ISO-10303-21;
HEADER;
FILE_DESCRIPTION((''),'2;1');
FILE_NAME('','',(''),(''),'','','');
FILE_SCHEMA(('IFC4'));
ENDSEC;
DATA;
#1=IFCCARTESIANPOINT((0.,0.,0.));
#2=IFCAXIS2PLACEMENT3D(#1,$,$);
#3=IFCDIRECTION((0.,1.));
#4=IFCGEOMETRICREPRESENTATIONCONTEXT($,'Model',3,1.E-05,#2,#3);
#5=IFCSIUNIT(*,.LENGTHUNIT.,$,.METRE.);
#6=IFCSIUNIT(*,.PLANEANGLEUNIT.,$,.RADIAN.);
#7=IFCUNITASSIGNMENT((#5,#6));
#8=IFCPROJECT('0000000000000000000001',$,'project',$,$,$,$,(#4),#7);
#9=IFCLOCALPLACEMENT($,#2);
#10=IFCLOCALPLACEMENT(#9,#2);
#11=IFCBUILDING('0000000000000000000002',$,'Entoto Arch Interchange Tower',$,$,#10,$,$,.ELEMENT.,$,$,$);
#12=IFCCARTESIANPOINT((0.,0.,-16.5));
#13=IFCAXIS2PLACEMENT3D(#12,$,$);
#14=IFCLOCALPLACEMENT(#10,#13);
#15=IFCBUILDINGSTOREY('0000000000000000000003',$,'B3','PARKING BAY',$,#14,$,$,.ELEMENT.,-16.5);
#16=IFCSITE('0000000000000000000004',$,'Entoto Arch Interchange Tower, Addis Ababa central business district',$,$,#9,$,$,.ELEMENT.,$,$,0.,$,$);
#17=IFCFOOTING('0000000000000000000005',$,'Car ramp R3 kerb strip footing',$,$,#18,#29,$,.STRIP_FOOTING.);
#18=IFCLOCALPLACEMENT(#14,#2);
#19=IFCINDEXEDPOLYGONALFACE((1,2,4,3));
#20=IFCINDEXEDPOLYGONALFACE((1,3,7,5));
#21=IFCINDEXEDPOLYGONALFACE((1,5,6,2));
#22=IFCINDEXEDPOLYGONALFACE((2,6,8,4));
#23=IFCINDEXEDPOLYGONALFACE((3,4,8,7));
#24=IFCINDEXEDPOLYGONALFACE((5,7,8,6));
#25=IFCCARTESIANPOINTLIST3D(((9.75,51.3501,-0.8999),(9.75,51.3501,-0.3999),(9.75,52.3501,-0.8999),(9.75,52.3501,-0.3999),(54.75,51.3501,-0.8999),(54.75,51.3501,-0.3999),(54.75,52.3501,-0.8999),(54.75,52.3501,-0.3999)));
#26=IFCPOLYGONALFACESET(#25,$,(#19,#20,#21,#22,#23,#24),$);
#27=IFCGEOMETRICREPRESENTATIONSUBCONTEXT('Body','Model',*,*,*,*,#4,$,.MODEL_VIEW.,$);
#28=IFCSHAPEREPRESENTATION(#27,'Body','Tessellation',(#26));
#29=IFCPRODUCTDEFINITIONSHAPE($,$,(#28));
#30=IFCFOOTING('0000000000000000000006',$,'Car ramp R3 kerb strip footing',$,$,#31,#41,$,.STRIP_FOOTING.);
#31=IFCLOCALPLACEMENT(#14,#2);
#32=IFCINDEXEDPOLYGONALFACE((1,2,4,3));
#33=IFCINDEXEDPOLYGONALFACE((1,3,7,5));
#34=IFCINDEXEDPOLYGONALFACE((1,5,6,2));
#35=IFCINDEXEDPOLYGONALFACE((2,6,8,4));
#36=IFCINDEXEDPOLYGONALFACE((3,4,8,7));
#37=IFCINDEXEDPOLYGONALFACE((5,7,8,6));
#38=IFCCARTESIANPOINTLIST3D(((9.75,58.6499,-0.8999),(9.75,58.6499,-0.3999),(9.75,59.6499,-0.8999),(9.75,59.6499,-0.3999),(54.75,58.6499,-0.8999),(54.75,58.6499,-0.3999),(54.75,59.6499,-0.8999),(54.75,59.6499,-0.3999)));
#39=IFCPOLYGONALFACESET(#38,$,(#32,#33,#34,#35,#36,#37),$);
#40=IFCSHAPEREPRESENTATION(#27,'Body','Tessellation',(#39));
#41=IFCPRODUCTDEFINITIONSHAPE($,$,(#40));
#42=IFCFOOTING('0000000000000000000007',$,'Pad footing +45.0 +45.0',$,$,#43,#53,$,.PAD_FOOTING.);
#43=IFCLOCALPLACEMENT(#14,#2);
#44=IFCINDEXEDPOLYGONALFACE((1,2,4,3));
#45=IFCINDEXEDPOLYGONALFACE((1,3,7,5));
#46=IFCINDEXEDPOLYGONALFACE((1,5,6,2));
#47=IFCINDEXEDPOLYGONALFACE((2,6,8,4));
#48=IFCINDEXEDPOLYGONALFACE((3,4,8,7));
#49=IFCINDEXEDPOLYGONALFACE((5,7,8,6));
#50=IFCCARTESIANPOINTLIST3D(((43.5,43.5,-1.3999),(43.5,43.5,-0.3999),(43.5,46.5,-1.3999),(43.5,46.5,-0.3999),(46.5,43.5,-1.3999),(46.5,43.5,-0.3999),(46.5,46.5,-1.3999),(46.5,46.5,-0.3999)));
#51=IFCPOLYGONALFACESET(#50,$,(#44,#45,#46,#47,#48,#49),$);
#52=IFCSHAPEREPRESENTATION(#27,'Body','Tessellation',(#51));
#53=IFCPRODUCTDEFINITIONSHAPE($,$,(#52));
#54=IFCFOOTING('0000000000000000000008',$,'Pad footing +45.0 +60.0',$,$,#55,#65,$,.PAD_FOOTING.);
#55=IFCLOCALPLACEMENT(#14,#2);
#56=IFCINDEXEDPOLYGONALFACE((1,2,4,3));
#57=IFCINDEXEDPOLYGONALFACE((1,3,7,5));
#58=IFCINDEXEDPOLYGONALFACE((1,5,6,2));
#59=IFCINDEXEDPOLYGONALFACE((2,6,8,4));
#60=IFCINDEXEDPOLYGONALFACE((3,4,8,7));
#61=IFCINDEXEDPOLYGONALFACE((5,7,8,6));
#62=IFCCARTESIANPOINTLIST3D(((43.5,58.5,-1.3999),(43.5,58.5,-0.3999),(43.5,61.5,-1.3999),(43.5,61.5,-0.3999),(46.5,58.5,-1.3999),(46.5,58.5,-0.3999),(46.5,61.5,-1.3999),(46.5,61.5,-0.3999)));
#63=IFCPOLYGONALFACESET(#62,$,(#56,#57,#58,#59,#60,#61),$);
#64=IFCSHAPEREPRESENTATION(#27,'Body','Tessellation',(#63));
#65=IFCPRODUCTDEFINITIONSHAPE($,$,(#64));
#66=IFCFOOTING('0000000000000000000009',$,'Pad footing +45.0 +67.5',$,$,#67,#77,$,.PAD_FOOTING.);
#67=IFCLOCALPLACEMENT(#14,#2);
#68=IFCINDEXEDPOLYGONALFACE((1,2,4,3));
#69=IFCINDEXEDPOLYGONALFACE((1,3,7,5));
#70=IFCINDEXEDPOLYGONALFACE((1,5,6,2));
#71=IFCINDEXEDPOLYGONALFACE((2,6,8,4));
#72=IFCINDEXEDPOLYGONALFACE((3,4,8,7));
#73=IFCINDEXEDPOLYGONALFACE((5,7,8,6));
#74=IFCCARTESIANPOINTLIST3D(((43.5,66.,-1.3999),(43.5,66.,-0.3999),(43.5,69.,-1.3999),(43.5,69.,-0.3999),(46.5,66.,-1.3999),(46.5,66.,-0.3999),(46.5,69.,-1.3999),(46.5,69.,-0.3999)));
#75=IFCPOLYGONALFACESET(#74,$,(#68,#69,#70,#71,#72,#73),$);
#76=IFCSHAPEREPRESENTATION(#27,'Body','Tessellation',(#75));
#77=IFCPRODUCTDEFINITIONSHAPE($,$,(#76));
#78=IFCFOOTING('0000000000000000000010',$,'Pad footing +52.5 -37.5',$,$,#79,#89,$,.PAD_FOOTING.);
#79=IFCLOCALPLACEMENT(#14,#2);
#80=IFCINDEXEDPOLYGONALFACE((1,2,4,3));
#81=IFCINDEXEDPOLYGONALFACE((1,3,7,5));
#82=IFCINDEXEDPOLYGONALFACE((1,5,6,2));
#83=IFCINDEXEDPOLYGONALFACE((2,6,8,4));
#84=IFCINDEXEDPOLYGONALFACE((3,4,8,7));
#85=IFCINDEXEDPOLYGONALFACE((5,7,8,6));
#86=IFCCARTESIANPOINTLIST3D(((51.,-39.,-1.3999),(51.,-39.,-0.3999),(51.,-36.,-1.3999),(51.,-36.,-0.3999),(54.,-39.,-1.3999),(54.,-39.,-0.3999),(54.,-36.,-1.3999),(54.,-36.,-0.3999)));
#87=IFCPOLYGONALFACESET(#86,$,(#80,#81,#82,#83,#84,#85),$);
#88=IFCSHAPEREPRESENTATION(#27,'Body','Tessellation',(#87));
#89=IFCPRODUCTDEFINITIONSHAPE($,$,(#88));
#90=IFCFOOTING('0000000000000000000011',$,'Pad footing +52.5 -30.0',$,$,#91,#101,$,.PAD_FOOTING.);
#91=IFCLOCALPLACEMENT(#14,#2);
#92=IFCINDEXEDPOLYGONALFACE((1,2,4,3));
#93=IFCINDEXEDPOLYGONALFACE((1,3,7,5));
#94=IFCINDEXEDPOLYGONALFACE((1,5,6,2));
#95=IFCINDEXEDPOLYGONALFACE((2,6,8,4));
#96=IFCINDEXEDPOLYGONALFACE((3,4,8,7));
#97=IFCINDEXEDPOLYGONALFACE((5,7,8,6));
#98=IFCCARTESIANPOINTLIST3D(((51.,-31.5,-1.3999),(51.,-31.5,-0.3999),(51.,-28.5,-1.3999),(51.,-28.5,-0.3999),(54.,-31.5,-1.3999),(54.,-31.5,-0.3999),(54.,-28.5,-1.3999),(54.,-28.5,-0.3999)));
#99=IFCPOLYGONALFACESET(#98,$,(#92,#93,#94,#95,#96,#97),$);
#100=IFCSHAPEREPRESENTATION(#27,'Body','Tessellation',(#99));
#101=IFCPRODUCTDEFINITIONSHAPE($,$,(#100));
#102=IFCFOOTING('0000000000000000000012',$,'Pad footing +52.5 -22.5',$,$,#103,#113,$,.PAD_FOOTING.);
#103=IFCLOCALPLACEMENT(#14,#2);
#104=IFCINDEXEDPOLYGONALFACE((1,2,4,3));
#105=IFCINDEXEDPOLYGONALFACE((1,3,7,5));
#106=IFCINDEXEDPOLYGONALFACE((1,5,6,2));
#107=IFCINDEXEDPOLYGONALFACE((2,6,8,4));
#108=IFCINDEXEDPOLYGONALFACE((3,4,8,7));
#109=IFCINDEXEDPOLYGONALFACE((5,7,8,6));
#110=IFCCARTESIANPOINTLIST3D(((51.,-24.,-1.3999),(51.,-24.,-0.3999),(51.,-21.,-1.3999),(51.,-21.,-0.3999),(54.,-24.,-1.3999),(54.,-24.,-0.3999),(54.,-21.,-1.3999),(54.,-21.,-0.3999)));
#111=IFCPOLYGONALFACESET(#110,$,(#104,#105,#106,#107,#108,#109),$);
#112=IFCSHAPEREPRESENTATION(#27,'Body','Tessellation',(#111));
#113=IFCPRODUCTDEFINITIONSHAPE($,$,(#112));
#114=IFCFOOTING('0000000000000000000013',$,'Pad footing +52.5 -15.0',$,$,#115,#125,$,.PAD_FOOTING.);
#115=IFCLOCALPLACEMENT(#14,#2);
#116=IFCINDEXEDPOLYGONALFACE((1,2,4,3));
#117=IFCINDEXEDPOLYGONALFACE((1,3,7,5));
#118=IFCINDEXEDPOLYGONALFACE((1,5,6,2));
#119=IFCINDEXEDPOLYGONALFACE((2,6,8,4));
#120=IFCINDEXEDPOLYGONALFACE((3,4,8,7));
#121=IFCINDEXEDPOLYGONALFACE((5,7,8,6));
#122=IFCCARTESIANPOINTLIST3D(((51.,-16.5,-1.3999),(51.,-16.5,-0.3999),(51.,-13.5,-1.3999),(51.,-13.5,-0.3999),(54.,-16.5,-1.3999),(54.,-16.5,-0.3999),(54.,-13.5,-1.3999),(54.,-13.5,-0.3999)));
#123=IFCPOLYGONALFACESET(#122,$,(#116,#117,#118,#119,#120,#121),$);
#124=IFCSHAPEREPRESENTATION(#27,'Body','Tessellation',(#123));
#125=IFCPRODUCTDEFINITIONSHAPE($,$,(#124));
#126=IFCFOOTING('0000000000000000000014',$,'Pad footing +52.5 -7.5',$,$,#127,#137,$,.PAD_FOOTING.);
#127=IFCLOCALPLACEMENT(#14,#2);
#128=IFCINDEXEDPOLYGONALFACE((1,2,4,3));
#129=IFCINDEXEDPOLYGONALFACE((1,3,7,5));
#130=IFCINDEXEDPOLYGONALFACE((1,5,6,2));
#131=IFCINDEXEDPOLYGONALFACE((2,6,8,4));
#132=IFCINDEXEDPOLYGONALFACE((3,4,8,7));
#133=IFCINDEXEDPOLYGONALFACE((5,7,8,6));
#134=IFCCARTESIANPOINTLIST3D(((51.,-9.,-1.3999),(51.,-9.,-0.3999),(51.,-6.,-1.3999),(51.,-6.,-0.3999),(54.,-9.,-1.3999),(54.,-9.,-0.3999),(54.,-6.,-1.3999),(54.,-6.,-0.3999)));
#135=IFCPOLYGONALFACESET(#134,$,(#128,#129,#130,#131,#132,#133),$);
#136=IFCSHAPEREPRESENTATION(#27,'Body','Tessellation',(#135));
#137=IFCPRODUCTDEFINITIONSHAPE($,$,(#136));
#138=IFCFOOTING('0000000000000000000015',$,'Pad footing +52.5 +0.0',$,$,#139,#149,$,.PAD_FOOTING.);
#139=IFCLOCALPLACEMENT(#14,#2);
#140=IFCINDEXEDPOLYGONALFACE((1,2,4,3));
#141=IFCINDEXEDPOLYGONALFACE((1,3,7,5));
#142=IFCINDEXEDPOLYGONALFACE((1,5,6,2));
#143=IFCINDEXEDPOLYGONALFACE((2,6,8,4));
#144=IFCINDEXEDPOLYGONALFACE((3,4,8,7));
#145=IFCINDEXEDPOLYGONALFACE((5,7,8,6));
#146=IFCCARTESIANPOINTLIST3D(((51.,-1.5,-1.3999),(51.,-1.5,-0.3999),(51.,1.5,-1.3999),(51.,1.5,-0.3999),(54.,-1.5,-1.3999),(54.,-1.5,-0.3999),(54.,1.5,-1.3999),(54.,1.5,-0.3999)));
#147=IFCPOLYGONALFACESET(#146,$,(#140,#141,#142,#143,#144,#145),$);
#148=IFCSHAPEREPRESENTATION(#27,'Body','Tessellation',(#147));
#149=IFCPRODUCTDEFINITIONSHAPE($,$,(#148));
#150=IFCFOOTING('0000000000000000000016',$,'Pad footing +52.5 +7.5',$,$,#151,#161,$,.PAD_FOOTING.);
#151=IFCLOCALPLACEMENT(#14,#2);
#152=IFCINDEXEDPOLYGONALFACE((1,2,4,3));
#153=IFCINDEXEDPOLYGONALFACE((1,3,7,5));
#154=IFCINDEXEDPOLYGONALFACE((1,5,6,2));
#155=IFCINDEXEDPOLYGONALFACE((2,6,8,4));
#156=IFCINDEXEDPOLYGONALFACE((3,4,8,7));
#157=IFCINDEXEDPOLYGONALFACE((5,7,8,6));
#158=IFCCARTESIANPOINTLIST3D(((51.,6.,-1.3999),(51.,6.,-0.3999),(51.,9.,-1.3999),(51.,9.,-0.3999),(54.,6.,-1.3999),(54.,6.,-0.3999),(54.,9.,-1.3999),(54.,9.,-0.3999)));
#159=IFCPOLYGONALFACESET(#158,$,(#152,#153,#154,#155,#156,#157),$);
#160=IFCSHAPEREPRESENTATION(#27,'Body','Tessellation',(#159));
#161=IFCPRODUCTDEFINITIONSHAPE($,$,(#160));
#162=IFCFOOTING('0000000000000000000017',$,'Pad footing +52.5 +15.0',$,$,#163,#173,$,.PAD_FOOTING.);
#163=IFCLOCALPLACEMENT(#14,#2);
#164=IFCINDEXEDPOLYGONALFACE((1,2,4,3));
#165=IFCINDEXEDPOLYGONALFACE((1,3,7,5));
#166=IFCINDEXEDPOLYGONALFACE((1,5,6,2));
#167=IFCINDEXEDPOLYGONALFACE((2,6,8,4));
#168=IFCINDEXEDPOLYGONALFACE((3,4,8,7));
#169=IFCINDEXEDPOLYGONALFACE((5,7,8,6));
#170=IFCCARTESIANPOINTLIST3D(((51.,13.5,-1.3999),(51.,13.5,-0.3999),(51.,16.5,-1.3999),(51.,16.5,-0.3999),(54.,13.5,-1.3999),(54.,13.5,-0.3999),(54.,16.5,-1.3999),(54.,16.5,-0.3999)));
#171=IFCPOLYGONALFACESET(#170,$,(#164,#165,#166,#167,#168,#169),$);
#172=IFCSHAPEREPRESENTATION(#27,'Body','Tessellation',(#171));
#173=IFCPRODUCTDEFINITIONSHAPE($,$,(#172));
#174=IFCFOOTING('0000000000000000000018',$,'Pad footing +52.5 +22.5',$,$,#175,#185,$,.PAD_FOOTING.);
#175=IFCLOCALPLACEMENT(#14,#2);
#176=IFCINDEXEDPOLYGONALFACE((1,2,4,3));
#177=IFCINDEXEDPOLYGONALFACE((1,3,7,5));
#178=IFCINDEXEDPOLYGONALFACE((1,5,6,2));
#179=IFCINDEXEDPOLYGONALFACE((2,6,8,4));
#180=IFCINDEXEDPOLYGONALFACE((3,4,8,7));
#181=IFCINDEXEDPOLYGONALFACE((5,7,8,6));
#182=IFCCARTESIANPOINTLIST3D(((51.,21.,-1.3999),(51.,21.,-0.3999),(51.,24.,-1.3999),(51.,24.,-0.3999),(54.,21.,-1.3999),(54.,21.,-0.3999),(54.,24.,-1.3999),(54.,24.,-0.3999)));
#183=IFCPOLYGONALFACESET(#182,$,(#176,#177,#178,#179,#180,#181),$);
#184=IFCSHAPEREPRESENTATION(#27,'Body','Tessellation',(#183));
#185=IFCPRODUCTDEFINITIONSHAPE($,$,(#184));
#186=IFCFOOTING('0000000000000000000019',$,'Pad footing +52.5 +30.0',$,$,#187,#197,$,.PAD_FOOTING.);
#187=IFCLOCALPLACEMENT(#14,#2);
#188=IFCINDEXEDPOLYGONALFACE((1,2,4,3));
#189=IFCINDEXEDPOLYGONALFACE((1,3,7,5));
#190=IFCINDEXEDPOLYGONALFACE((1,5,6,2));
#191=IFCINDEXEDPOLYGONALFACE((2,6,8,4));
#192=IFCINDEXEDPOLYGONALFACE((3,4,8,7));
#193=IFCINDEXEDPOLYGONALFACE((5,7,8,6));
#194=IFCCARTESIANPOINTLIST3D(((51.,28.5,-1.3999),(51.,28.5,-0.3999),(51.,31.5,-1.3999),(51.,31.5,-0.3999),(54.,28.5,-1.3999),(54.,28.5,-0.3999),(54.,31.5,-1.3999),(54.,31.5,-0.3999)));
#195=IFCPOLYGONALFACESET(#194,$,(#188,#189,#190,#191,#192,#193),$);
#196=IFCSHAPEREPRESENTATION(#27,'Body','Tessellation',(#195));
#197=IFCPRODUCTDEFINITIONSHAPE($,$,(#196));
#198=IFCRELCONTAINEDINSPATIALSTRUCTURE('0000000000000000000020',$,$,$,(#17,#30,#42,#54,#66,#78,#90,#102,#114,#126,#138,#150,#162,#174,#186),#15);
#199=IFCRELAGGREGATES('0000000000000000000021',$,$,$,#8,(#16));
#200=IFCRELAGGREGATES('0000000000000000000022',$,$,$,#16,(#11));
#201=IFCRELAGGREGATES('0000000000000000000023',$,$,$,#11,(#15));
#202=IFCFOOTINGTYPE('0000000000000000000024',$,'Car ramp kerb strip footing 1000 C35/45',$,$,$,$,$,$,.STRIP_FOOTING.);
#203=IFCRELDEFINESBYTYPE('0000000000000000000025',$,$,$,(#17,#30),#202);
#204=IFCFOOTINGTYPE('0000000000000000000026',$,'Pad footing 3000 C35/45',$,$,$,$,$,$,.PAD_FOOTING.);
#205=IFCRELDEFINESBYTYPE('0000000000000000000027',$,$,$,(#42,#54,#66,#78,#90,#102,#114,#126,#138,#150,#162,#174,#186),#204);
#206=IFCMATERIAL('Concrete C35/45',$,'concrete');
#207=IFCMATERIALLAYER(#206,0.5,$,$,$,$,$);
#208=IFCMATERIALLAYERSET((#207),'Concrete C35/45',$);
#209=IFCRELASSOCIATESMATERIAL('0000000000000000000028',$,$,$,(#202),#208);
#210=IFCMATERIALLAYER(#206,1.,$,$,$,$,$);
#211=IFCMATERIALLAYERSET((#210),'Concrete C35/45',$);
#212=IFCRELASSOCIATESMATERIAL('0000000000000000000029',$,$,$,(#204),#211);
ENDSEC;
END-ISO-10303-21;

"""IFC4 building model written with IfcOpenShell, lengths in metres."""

from ifc_helpers import new_model, si_unit, direction, frame, origin, place, context, subcontext, project, spatial, polyline, outline, extrude, material, layer, layer_set, type_object, element, save


model = new_model("IFC4")

# Units and contexts
model_context = context("Model", 3, precision=1e-05, world=origin(), true_north=direction((0.0, 1.0)))
body_context = subcontext(model_context, "Body", "Model", "MODEL_VIEW")
ifc_project = project(units=[si_unit("LENGTHUNIT", "METRE"), si_unit("PLANEANGLEUNIT", "RADIAN")], contexts=[model_context])

# Site, building, storey
site_placement = place(None, origin())
site = spatial("IfcSite", under=ifc_project, at=site_placement, Name="Entoto Arch Interchange Tower, Addis Ababa central business district", CompositionType="ELEMENT", RefElevation=0.0)
building_placement = place(site_placement, origin())
building = spatial("IfcBuilding", under=site, at=building_placement, Name="Entoto Arch Interchange Tower", CompositionType="ELEMENT")
storey_placement = place(building_placement, frame((0.0, 0.0, -16.5)))
storey = spatial("IfcBuildingStorey", under=building, at=storey_placement, Name="B3", Description="PARKING BAY", CompositionType="ELEMENT", Elevation=-16.5)

# Footings
ifc_material_1 = material(Name="Concrete C35/45", Category="concrete")
ifc_layer_1 = layer(ifc_material_1, 0.5)
ifc_layer_set_1 = layer_set([ifc_layer_1], Name="Concrete C35/45")
footing_type_1 = type_object("IfcFootingType", Name="Car ramp kerb strip footing 1000 C35/45", PredefinedType="STRIP_FOOTING", material=ifc_layer_set_1)
footing_1_placement = place(storey_placement, frame((0.0, 0.0, -0.8999)))
element("IfcFooting", 1, at=footing_1_placement, inside=storey, type_object=footing_type_1, Name="Car ramp R3 kerb strip footing", PredefinedType="STRIP_FOOTING", context=body_context, shape_type="SweptSolid", body=[
    extrude(outline(polyline([(54.75, 51.3501), (54.75, 52.3501), (9.75, 52.3501), (9.75, 51.3501), (54.75, 51.3501)])), origin(), (0.0, 0.0, 1.0), 0.5),
])
footing_2_placement = place(storey_placement, frame((0.0, 0.0, -0.8999)))
element("IfcFooting", 2, at=footing_2_placement, inside=storey, type_object=footing_type_1, Name="Car ramp R3 kerb strip footing", PredefinedType="STRIP_FOOTING", context=body_context, shape_type="SweptSolid", body=[
    extrude(outline(polyline([(54.75, 58.6499), (54.75, 59.6499), (9.75, 59.6499), (9.75, 58.6499), (54.75, 58.6499)])), origin(), (0.0, 0.0, 1.0), 0.5),
])
ifc_layer_2 = layer(ifc_material_1, 1.0)
ifc_layer_set_2 = layer_set([ifc_layer_2], Name="Concrete C35/45")
footing_type_2 = type_object("IfcFootingType", Name="Pad footing 3000 C35/45", PredefinedType="PAD_FOOTING", material=ifc_layer_set_2)
footing_3_placement = place(storey_placement, frame((0.0, 0.0, -1.3999)))
element("IfcFooting", 3, at=footing_3_placement, inside=storey, type_object=footing_type_2, Name="Pad footing +45.0 +45.0", PredefinedType="PAD_FOOTING", context=body_context, shape_type="SweptSolid", body=[
    extrude(outline(polyline([(46.5, 43.5), (46.5, 46.5), (43.5, 46.5), (43.5, 43.5), (46.5, 43.5)])), origin(), (0.0, 0.0, 1.0), 1.0),
])
footing_4_placement = place(storey_placement, frame((0.0, 0.0, -1.3999)))
element("IfcFooting", 4, at=footing_4_placement, inside=storey, type_object=footing_type_2, Name="Pad footing +45.0 +60.0", PredefinedType="PAD_FOOTING", context=body_context, shape_type="SweptSolid", body=[
    extrude(outline(polyline([(46.5, 58.5), (46.5, 61.5), (43.5, 61.5), (43.5, 58.5), (46.5, 58.5)])), origin(), (0.0, 0.0, 1.0), 1.0),
])
footing_5_placement = place(storey_placement, frame((0.0, 0.0, -1.3999)))
element("IfcFooting", 5, at=footing_5_placement, inside=storey, type_object=footing_type_2, Name="Pad footing +45.0 +67.5", PredefinedType="PAD_FOOTING", context=body_context, shape_type="SweptSolid", body=[
    extrude(outline(polyline([(46.5, 66.0), (46.5, 69.0), (43.5, 69.0), (43.5, 66.0), (46.5, 66.0)])), origin(), (0.0, 0.0, 1.0), 1.0),
])
footing_6_placement = place(storey_placement, frame((0.0, 0.0, -1.3999)))
element("IfcFooting", 6, at=footing_6_placement, inside=storey, type_object=footing_type_2, Name="Pad footing +52.5 -37.5", PredefinedType="PAD_FOOTING", context=body_context, shape_type="SweptSolid", body=[
    extrude(outline(polyline([(54.0, -39.0), (54.0, -36.0), (51.0, -36.0), (51.0, -39.0), (54.0, -39.0)])), origin(), (0.0, 0.0, 1.0), 1.0),
])
footing_7_placement = place(storey_placement, frame((0.0, 0.0, -1.3999)))
element("IfcFooting", 7, at=footing_7_placement, inside=storey, type_object=footing_type_2, Name="Pad footing +52.5 -30.0", PredefinedType="PAD_FOOTING", context=body_context, shape_type="SweptSolid", body=[
    extrude(outline(polyline([(54.0, -31.5), (54.0, -28.5), (51.0, -28.5), (51.0, -31.5), (54.0, -31.5)])), origin(), (0.0, 0.0, 1.0), 1.0),
])
footing_8_placement = place(storey_placement, frame((0.0, 0.0, -1.3999)))
element("IfcFooting", 8, at=footing_8_placement, inside=storey, type_object=footing_type_2, Name="Pad footing +52.5 -22.5", PredefinedType="PAD_FOOTING", context=body_context, shape_type="SweptSolid", body=[
    extrude(outline(polyline([(54.0, -24.0), (54.0, -21.0), (51.0, -21.0), (51.0, -24.0), (54.0, -24.0)])), origin(), (0.0, 0.0, 1.0), 1.0),
])
footing_9_placement = place(storey_placement, frame((0.0, 0.0, -1.3999)))
element("IfcFooting", 9, at=footing_9_placement, inside=storey, type_object=footing_type_2, Name="Pad footing +52.5 -15.0", PredefinedType="PAD_FOOTING", context=body_context, shape_type="SweptSolid", body=[
    extrude(outline(polyline([(54.0, -16.5), (54.0, -13.5), (51.0, -13.5), (51.0, -16.5), (54.0, -16.5)])), origin(), (0.0, 0.0, 1.0), 1.0),
])
footing_10_placement = place(storey_placement, frame((0.0, 0.0, -1.3999)))
element("IfcFooting", 10, at=footing_10_placement, inside=storey, type_object=footing_type_2, Name="Pad footing +52.5 -7.5", PredefinedType="PAD_FOOTING", context=body_context, shape_type="SweptSolid", body=[
    extrude(outline(polyline([(54.0, -9.0), (54.0, -6.0), (51.0, -6.0), (51.0, -9.0), (54.0, -9.0)])), origin(), (0.0, 0.0, 1.0), 1.0),
])
footing_11_placement = place(storey_placement, frame((0.0, 0.0, -1.3999)))
element("IfcFooting", 11, at=footing_11_placement, inside=storey, type_object=footing_type_2, Name="Pad footing +52.5 +0.0", PredefinedType="PAD_FOOTING", context=body_context, shape_type="SweptSolid", body=[
    extrude(outline(polyline([(54.0, -1.5), (54.0, 1.5), (51.0, 1.5), (51.0, -1.5), (54.0, -1.5)])), origin(), (0.0, 0.0, 1.0), 1.0),
])
footing_12_placement = place(storey_placement, frame((0.0, 0.0, -1.3999)))
element("IfcFooting", 12, at=footing_12_placement, inside=storey, type_object=footing_type_2, Name="Pad footing +52.5 +7.5", PredefinedType="PAD_FOOTING", context=body_context, shape_type="SweptSolid", body=[
    extrude(outline(polyline([(54.0, 6.0), (54.0, 9.0), (51.0, 9.0), (51.0, 6.0), (54.0, 6.0)])), origin(), (0.0, 0.0, 1.0), 1.0),
])
footing_13_placement = place(storey_placement, frame((0.0, 0.0, -1.3999)))
element("IfcFooting", 13, at=footing_13_placement, inside=storey, type_object=footing_type_2, Name="Pad footing +52.5 +15.0", PredefinedType="PAD_FOOTING", context=body_context, shape_type="SweptSolid", body=[
    extrude(outline(polyline([(54.0, 13.5), (54.0, 16.5), (51.0, 16.5), (51.0, 13.5), (54.0, 13.5)])), origin(), (0.0, 0.0, 1.0), 1.0),
])
footing_14_placement = place(storey_placement, frame((0.0, 0.0, -1.3999)))
element("IfcFooting", 14, at=footing_14_placement, inside=storey, type_object=footing_type_2, Name="Pad footing +52.5 +22.5", PredefinedType="PAD_FOOTING", context=body_context, shape_type="SweptSolid", body=[
    extrude(outline(polyline([(54.0, 21.0), (54.0, 24.0), (51.0, 24.0), (51.0, 21.0), (54.0, 21.0)])), origin(), (0.0, 0.0, 1.0), 1.0),
])
footing_15_placement = place(storey_placement, frame((0.0, 0.0, -1.3999)))
element("IfcFooting", 15, at=footing_15_placement, inside=storey, type_object=footing_type_2, Name="Pad footing +52.5 +30.0", PredefinedType="PAD_FOOTING", context=body_context, shape_type="SweptSolid", body=[
    extrude(outline(polyline([(54.0, 28.5), (54.0, 31.5), (51.0, 31.5), (51.0, 28.5), (54.0, 28.5)])), origin(), (0.0, 0.0, 1.0), 1.0),
])

save(model, "model.ifc")
